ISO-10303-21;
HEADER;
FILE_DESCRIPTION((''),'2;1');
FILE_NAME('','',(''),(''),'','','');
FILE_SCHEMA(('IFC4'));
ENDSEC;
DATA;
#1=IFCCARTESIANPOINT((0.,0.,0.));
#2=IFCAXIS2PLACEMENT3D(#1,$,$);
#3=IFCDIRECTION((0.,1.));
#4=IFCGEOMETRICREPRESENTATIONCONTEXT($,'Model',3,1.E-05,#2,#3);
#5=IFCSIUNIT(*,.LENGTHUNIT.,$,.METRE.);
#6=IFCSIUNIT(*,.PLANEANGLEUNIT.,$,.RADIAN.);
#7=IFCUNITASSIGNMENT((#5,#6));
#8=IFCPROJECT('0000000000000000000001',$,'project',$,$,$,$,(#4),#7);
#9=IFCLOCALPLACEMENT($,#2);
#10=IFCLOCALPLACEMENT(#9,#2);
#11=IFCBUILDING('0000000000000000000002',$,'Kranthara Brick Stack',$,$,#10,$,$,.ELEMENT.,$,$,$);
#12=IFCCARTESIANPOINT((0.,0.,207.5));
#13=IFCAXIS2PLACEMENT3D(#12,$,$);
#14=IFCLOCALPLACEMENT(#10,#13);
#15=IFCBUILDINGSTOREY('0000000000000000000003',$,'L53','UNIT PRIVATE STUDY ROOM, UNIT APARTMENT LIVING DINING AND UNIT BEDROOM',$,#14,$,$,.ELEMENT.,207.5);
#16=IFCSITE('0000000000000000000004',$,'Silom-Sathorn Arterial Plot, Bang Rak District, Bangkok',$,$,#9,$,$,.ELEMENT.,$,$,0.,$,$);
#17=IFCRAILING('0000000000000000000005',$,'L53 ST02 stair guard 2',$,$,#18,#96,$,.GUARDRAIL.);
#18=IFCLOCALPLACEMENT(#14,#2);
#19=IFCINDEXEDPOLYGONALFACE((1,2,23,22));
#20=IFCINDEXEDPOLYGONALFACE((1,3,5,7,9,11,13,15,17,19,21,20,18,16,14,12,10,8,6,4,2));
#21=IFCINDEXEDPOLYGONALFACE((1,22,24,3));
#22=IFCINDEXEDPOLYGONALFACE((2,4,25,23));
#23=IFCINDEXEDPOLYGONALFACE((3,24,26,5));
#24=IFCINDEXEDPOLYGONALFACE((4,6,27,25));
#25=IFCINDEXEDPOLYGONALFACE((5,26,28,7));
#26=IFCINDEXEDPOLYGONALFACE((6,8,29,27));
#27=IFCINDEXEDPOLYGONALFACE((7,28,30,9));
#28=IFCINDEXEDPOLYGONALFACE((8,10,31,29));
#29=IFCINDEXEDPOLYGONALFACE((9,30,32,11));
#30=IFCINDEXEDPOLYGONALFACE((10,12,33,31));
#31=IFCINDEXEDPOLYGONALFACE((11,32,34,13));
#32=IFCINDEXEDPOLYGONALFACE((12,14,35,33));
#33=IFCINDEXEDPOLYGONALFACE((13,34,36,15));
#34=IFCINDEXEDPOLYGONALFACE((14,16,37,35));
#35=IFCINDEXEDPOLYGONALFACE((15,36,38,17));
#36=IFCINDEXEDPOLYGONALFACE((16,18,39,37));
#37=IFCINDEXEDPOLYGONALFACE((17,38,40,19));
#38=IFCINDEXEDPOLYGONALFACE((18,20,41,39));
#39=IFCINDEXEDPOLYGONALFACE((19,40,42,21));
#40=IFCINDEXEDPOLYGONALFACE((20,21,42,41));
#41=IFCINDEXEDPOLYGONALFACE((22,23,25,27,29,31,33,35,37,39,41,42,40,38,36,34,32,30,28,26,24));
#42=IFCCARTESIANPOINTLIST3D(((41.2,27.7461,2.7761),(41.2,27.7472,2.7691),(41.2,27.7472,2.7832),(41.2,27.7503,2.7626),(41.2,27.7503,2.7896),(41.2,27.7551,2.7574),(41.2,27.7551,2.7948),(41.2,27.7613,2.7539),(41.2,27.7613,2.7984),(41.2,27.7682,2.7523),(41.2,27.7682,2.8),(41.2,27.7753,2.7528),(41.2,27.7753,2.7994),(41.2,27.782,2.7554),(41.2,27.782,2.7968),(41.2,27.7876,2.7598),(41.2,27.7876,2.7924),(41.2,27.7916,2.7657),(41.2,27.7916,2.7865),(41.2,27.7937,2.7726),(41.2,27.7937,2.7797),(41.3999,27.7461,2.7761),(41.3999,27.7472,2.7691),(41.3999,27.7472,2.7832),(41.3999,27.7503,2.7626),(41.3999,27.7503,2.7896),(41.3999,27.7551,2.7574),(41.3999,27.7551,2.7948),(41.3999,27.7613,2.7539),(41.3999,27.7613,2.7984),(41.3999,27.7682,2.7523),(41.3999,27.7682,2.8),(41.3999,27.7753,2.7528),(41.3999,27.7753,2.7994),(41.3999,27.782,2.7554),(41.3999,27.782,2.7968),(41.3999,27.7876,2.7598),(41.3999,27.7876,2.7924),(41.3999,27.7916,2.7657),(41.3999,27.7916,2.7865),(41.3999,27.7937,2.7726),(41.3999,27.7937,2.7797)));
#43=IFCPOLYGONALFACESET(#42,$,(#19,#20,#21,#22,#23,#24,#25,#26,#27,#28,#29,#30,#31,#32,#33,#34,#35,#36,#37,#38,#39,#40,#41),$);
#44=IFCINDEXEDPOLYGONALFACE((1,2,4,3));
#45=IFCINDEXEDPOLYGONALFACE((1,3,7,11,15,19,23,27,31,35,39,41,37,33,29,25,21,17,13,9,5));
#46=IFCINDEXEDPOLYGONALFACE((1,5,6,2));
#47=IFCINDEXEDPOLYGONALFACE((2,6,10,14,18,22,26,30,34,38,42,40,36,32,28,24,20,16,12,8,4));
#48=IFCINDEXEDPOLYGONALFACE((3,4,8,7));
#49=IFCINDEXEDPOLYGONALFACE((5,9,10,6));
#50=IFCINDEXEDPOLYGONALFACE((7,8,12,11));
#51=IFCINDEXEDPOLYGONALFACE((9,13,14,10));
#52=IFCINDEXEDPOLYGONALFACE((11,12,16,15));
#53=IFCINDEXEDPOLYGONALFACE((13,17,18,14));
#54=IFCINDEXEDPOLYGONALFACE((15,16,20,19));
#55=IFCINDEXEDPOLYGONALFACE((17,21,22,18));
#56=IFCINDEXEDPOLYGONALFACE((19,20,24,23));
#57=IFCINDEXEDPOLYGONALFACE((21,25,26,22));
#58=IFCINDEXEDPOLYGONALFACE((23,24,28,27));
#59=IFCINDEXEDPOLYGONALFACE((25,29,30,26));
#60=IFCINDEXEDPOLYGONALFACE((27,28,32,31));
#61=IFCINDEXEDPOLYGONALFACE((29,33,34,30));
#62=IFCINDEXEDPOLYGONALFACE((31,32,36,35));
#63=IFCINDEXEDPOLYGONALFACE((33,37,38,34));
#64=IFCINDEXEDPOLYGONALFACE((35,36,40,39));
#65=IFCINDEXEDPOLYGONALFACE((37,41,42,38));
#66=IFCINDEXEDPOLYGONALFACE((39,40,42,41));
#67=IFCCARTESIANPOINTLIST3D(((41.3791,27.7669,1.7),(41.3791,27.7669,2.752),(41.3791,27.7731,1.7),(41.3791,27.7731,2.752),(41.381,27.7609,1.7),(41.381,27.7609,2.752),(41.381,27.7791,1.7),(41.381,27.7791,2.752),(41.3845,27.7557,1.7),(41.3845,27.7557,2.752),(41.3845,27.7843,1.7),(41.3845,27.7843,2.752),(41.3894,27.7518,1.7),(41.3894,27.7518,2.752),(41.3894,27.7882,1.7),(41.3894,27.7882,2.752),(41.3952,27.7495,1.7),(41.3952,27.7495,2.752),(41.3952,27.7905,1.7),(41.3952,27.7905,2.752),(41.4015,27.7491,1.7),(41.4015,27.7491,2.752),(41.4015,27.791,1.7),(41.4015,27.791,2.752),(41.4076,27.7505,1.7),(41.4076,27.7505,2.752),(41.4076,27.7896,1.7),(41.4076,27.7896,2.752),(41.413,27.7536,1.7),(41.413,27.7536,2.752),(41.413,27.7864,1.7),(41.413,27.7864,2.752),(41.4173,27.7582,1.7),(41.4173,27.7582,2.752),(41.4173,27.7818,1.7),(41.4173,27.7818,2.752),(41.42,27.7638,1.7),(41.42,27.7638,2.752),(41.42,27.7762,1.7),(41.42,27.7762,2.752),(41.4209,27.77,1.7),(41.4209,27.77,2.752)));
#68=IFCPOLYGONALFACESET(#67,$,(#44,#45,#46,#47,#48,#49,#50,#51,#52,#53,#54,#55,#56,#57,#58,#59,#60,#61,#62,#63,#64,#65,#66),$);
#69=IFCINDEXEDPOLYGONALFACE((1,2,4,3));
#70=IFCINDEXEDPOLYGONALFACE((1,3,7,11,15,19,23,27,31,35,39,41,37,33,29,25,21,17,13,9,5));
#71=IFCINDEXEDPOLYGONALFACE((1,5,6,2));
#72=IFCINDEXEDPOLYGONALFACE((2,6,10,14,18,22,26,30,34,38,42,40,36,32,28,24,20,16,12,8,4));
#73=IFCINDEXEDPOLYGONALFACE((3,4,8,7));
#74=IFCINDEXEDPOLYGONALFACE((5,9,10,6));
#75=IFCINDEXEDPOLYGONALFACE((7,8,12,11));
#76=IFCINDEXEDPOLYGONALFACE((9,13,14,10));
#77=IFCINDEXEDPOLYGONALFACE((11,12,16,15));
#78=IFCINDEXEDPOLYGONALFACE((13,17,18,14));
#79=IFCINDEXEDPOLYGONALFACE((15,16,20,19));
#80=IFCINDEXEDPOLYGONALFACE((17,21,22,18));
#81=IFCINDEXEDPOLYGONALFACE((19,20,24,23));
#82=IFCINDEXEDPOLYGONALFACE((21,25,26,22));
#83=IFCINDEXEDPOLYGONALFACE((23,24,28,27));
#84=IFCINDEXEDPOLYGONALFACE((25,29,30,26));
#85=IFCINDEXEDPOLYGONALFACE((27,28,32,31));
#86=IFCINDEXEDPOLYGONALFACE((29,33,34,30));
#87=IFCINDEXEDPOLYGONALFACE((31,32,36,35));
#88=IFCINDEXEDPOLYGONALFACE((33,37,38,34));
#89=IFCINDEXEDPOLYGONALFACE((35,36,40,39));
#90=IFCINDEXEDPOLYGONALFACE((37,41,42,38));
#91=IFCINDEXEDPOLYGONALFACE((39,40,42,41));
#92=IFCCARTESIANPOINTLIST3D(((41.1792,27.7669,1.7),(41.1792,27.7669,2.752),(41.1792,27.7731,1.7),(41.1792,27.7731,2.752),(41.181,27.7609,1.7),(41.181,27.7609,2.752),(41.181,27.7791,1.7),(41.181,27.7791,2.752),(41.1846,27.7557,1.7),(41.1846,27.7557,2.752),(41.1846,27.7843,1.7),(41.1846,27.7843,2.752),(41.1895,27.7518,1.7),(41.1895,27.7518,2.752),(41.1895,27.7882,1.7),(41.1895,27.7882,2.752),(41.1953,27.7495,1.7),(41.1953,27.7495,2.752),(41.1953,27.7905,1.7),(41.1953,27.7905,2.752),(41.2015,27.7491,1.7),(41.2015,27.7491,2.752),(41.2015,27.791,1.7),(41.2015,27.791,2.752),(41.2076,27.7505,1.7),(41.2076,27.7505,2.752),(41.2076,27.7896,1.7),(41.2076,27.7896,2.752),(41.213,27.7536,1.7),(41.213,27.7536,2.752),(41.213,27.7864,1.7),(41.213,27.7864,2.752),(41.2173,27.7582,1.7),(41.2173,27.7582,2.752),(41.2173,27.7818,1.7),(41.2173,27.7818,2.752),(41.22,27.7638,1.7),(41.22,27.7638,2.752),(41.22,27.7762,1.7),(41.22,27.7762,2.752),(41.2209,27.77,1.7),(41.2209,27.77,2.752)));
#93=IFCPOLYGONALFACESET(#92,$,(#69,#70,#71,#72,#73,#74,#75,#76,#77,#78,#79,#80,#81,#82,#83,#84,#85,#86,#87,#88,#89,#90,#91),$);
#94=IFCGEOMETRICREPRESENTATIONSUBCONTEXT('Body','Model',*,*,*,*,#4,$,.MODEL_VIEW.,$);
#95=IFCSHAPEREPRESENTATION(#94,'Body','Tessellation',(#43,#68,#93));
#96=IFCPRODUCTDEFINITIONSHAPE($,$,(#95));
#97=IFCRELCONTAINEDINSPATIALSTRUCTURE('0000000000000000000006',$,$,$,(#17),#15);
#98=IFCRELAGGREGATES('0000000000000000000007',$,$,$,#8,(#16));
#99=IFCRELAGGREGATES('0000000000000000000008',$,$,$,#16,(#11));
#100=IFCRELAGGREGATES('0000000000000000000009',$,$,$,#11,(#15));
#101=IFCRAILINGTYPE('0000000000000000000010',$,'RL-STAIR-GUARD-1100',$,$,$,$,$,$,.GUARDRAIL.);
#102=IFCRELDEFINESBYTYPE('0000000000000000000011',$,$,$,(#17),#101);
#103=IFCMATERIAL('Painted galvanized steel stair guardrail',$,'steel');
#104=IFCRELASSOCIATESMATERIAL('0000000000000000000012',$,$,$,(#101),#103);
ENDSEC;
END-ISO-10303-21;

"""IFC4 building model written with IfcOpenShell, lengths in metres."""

from ifc_helpers import new_model, si_unit, direction, frame, origin, origin_2d, place, context, subcontext, project, spatial, circle, extrude, material, type_object, element, save


model = new_model("IFC4")

# Units and contexts
model_context = context("Model", 3, precision=1e-05, world=origin(), true_north=direction((0.0, 1.0)))
body_context = subcontext(model_context, "Body", "Model", "MODEL_VIEW")
ifc_project = project(units=[si_unit("LENGTHUNIT", "METRE"), si_unit("PLANEANGLEUNIT", "RADIAN")], contexts=[model_context])

# Site, building, storey
site_placement = place(None, origin())
site = spatial("IfcSite", under=ifc_project, at=site_placement, Name="Silom-Sathorn Arterial Plot, Bang Rak District, Bangkok", CompositionType="ELEMENT", RefElevation=0.0)
building_placement = place(site_placement, origin())
building = spatial("IfcBuilding", under=site, at=building_placement, Name="Kranthara Brick Stack", CompositionType="ELEMENT")
storey_placement = place(building_placement, frame((0.0, 0.0, 207.5)))
storey = spatial("IfcBuildingStorey", under=building, at=storey_placement, Name="L53", Description="UNIT PRIVATE STUDY ROOM, UNIT APARTMENT LIVING DINING AND UNIT BEDROOM", CompositionType="ELEMENT", Elevation=207.5)

# Railing
ifc_material_1 = material(Name="Painted galvanized steel stair guardrail", Category="steel")
railing_type_1 = type_object("IfcRailingType", Name="RL-STAIR-GUARD-1100", PredefinedType="GUARDRAIL", material=ifc_material_1)
railing_1_placement = place(storey_placement, frame((41.3999, 27.77, 1.7)))
element("IfcRailing", 1, at=railing_1_placement, inside=storey, type_object=railing_type_1, Name="L53 ST02 stair guard 2", PredefinedType="GUARDRAIL", context=body_context, shape_type="SweptSolid", body=[
    extrude(circle(Radius=0.0239, at=origin_2d()), frame((0.0, 0.0, 1.0762), z_axis=(-1.0, 0.0, 0.0), x_axis=(0.0, -1.0, 0.0)), (0.0, 0.0, 1.0), 0.2),
    extrude(circle(Radius=0.021, at=origin_2d()), origin(), (0.0, 0.0, 1.0), 1.052),
    extrude(circle(Radius=0.021, at=origin_2d()), frame((-0.2, 0.0, 0.0)), (0.0, 0.0, 1.0), 1.052),
])

save(model, "model.ifc")
